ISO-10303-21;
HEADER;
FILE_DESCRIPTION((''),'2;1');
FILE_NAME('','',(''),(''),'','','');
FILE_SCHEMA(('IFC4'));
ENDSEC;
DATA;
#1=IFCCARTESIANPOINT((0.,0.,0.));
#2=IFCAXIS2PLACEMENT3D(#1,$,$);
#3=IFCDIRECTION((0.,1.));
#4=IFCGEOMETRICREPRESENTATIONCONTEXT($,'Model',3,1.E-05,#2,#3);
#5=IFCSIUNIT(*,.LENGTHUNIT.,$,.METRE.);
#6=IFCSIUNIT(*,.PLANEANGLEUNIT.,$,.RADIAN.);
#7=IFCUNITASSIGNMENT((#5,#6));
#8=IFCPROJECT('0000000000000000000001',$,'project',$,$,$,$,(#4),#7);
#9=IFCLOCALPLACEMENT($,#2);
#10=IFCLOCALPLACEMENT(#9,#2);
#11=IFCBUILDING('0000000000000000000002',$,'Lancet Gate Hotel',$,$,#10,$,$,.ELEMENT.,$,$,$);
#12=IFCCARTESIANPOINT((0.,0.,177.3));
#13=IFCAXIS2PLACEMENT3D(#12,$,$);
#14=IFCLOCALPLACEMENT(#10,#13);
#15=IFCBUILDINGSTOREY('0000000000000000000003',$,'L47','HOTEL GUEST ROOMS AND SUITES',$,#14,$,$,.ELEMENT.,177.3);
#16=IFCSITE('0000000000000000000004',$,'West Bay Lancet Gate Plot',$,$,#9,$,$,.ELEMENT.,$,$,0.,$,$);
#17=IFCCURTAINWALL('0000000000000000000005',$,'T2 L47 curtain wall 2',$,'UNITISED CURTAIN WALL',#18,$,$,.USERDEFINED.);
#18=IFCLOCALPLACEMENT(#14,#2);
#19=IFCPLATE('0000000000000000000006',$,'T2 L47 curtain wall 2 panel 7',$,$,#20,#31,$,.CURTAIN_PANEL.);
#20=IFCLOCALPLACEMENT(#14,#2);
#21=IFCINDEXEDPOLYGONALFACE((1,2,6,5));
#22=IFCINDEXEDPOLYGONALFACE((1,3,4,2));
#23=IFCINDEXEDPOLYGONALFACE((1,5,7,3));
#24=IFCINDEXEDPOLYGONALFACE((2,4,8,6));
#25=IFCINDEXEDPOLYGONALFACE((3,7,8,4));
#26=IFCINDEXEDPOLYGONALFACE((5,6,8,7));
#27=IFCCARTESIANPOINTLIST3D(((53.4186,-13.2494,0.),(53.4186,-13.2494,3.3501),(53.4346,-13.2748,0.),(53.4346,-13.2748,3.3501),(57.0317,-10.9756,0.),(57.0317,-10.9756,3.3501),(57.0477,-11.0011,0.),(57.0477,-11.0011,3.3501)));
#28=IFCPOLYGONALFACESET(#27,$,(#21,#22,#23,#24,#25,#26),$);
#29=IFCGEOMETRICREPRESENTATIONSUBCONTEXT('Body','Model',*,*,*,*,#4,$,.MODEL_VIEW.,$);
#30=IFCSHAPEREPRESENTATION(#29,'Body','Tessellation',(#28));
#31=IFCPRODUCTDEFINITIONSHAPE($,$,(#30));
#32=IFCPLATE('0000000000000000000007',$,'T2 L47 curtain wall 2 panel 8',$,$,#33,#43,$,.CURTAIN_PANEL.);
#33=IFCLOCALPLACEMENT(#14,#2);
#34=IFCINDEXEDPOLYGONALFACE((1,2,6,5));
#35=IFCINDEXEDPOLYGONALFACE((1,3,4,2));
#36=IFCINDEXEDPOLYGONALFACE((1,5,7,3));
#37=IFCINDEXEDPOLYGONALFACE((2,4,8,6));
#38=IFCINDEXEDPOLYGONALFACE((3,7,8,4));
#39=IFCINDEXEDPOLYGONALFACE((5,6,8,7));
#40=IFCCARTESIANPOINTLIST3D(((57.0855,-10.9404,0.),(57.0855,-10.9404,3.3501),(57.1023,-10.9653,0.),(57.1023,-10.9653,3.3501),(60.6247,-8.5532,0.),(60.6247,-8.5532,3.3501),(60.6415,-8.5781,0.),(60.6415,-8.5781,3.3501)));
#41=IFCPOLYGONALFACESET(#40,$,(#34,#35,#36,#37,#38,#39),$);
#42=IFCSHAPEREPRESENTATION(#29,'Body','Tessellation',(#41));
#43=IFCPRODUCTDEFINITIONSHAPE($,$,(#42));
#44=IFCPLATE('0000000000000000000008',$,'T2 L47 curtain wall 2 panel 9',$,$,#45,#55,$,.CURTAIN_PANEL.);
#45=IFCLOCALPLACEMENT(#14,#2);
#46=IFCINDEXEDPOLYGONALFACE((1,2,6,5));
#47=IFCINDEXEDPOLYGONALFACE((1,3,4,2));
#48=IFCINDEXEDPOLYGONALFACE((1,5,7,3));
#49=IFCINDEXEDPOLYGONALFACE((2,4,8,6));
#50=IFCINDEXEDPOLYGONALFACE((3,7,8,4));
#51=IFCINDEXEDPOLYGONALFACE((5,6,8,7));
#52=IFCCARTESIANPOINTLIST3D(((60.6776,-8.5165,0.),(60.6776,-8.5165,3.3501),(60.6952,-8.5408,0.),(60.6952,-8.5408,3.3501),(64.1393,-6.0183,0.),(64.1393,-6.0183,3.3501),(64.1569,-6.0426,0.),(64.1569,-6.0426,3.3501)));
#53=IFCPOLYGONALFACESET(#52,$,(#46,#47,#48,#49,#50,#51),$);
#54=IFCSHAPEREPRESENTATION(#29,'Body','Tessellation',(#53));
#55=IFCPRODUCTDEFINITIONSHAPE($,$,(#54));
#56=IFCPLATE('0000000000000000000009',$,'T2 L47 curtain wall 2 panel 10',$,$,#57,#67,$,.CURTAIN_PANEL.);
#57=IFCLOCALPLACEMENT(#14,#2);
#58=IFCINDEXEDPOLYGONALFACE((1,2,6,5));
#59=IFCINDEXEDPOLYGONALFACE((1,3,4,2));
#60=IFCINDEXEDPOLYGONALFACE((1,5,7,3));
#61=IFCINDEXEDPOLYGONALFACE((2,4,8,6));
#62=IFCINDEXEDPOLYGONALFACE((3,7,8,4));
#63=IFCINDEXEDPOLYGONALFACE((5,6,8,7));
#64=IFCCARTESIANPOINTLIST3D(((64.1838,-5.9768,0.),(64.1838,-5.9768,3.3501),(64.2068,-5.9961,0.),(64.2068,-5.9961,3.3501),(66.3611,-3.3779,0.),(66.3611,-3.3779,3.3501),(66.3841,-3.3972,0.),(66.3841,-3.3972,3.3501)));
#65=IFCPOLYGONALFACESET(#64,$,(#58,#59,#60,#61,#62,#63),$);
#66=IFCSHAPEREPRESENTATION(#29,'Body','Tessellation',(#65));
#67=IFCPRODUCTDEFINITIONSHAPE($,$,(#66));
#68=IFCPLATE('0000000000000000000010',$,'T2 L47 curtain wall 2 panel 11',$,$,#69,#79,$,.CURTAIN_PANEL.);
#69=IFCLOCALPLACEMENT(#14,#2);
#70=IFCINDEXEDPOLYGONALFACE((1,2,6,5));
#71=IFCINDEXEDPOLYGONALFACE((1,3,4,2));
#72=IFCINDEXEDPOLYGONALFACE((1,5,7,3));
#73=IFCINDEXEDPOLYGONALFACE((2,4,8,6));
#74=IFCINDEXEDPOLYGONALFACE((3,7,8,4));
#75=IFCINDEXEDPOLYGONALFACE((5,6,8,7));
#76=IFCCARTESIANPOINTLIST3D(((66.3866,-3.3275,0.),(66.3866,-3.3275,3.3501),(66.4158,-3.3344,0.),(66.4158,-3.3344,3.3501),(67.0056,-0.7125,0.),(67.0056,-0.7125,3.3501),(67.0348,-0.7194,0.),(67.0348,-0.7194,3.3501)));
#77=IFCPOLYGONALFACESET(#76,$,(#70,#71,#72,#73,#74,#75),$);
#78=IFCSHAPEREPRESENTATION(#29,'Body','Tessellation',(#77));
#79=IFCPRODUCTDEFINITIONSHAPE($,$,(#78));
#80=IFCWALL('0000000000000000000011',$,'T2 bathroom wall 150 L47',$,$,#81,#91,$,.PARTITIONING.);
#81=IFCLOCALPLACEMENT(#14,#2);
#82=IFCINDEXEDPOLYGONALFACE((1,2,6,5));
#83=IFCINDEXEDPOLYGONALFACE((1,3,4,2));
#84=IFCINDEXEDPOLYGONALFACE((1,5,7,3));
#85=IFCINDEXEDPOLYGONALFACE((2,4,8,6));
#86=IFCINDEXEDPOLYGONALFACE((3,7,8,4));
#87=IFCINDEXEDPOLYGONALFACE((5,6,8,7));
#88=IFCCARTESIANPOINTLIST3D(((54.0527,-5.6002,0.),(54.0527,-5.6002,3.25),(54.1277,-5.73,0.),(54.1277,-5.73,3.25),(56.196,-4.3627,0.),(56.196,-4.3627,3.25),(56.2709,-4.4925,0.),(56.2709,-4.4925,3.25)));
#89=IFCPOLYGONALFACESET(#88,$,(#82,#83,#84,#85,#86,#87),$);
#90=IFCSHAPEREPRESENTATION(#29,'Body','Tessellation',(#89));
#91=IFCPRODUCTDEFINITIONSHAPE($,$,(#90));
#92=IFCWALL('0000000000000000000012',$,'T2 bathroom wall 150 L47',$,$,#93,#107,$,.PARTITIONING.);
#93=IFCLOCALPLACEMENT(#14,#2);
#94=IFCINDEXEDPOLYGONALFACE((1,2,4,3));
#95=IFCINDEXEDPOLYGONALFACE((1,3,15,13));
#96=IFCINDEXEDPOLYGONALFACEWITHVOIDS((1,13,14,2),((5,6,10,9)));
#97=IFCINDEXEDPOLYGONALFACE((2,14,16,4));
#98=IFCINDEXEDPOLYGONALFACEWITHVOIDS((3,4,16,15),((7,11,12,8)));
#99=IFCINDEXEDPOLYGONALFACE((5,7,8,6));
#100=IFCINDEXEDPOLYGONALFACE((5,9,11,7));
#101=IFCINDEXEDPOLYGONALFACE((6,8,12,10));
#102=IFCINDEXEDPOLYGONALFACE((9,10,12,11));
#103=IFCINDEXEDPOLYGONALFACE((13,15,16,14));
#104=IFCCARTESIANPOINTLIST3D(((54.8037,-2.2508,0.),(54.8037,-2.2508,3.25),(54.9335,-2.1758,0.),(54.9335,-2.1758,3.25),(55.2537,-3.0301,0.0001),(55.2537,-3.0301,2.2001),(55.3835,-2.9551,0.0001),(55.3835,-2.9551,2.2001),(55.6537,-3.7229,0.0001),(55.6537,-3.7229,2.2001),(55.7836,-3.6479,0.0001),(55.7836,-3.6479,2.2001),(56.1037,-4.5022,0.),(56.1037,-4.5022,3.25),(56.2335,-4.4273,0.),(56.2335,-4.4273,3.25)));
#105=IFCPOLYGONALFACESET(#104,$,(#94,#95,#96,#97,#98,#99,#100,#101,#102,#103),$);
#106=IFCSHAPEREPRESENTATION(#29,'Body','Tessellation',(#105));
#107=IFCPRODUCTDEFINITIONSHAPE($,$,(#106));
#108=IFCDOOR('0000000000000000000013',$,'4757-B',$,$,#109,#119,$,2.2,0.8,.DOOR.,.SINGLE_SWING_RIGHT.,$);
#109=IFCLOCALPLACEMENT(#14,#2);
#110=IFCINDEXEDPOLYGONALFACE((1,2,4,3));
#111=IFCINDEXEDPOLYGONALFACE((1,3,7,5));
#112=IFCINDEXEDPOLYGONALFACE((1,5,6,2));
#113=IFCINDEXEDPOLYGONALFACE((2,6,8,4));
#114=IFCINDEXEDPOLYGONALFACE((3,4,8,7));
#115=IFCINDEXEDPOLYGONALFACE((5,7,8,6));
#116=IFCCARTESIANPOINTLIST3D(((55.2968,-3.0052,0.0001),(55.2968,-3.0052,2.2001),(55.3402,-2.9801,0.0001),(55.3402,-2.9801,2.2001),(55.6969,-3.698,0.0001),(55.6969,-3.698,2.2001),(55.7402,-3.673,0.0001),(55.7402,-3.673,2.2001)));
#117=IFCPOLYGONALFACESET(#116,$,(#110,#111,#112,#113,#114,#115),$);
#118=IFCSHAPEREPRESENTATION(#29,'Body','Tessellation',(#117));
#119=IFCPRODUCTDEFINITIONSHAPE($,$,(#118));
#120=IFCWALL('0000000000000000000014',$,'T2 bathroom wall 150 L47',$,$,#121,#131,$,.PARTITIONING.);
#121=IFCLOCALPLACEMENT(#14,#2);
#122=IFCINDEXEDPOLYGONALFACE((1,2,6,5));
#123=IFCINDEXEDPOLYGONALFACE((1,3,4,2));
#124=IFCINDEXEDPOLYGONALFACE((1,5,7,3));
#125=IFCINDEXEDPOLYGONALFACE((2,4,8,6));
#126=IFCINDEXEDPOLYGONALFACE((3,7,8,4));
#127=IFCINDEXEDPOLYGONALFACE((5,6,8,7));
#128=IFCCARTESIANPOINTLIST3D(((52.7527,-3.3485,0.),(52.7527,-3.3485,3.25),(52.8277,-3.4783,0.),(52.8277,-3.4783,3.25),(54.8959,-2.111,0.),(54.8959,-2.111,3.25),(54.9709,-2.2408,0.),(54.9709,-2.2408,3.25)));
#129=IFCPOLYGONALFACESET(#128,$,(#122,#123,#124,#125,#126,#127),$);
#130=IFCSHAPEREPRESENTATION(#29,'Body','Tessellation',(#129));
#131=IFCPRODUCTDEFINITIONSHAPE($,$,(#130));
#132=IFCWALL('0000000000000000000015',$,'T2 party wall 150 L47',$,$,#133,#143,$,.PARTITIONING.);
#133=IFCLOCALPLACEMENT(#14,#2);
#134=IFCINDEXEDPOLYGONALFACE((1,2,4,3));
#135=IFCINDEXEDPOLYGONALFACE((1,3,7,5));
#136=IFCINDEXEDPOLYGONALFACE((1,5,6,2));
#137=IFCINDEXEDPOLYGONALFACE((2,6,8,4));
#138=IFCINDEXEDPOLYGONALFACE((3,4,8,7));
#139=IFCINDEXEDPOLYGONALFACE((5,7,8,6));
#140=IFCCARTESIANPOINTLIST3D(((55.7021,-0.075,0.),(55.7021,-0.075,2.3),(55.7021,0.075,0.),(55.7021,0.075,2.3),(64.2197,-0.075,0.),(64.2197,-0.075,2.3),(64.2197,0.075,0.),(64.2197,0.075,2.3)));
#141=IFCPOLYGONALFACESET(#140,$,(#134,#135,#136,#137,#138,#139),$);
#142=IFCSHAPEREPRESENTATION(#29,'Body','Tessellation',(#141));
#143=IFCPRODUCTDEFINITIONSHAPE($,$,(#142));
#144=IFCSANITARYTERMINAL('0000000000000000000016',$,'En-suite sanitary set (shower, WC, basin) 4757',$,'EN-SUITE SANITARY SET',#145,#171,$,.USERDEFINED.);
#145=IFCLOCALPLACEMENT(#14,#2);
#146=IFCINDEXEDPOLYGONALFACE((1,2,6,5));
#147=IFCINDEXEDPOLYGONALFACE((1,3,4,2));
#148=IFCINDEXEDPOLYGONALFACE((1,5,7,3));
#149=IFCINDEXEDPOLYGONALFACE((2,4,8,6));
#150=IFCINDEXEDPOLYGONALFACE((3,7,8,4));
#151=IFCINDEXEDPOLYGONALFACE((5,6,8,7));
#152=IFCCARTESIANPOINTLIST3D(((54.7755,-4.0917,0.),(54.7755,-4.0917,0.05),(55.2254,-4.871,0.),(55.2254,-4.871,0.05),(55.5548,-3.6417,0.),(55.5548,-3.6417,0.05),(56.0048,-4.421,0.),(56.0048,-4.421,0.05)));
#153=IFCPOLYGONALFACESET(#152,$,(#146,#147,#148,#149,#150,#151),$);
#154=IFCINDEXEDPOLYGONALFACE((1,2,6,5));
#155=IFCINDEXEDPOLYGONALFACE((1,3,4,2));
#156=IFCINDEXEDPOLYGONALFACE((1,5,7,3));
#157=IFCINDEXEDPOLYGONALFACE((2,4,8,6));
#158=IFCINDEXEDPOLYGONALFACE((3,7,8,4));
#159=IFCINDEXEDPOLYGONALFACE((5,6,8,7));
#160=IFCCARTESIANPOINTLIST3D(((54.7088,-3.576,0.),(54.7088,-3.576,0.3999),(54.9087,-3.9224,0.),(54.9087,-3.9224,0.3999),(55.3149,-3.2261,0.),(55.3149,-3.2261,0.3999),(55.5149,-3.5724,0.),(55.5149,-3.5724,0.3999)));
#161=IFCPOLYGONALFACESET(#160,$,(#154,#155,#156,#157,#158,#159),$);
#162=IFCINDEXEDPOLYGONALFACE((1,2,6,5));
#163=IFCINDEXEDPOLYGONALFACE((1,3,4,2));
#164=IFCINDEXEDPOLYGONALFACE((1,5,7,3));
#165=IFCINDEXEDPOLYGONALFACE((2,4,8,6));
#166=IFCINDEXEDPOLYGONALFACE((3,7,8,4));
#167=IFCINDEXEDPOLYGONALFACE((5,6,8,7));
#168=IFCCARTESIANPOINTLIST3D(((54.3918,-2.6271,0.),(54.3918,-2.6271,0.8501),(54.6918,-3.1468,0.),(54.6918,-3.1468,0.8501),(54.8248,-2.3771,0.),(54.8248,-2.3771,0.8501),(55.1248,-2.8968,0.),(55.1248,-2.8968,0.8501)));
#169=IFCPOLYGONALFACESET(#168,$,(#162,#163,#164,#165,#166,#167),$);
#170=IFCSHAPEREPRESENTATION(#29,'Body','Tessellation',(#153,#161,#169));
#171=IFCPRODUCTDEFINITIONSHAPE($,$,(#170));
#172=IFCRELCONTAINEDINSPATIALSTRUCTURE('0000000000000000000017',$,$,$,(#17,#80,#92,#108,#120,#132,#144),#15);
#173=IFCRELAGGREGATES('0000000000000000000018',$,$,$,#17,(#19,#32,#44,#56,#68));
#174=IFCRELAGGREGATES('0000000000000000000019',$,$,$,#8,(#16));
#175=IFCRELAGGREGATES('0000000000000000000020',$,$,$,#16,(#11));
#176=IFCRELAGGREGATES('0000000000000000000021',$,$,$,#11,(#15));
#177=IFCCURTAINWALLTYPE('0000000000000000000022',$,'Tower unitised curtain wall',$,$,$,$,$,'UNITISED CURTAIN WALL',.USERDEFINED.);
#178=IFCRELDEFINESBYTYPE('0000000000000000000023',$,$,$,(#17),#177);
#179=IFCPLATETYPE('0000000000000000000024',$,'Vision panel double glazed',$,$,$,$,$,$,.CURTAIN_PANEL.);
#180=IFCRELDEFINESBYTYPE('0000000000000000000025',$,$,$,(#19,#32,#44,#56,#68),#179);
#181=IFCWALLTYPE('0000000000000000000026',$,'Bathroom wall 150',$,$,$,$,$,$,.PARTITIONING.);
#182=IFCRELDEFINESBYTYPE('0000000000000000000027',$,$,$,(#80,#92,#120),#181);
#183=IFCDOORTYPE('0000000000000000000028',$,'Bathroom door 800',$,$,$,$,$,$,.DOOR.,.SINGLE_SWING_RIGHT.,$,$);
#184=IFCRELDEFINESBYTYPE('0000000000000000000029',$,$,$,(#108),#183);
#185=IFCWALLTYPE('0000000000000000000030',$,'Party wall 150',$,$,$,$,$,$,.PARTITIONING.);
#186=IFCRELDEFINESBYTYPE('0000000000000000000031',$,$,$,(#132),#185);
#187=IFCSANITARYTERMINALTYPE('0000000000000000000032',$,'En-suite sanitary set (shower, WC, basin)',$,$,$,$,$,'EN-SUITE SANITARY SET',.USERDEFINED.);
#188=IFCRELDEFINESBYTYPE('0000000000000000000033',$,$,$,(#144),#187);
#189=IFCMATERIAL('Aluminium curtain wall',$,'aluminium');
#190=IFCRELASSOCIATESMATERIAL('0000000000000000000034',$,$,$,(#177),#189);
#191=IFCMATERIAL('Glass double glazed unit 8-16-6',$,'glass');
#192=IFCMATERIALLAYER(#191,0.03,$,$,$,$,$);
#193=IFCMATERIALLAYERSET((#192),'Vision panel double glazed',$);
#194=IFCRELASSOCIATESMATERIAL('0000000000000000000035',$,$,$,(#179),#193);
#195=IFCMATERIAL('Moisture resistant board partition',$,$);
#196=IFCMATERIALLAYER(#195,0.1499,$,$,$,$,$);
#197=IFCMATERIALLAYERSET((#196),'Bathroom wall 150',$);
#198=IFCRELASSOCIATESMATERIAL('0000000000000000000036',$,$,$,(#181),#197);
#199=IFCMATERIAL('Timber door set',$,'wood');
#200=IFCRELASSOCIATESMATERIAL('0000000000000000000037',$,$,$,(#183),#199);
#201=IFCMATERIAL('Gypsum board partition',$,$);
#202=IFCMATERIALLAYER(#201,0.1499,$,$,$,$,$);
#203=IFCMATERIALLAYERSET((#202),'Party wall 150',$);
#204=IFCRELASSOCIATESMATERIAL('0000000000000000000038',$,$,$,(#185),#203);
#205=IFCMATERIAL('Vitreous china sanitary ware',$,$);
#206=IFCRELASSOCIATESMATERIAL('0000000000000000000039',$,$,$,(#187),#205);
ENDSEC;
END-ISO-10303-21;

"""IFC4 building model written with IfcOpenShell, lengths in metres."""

from ifc_helpers import new_model, si_unit, direction, frame, frame_2d, origin, origin_2d, place, context, subcontext, project, spatial, rectangle, extrude, material, layer, layer_set, type_object, element, fill, aggregate, save


model = new_model("IFC4")

# Units and contexts
model_context = context("Model", 3, precision=1e-05, world=origin(), true_north=direction((0.0, 1.0)))
body_context = subcontext(model_context, "Body", "Model", "MODEL_VIEW")
ifc_project = project(units=[si_unit("LENGTHUNIT", "METRE"), si_unit("PLANEANGLEUNIT", "RADIAN")], contexts=[model_context])

# Site, building, storey
site_placement = place(None, origin())
site = spatial("IfcSite", under=ifc_project, at=site_placement, Name="West Bay Lancet Gate Plot", CompositionType="ELEMENT", RefElevation=0.0)
building_placement = place(site_placement, origin())
building = spatial("IfcBuilding", under=site, at=building_placement, Name="Lancet Gate Hotel", CompositionType="ELEMENT")
storey_placement = place(building_placement, frame((0.0, 0.0, 177.3)))
storey = spatial("IfcBuildingStorey", under=building, at=storey_placement, Name="L47", Description="HOTEL GUEST ROOMS AND SUITES", CompositionType="ELEMENT", Elevation=177.3)

# Curtain wall
ifc_material_1 = material(Name="Aluminium curtain wall", Category="aluminium")
curtain_wall_type = type_object("IfcCurtainWallType", Name="Tower unitised curtain wall", ElementType="UNITISED CURTAIN WALL", PredefinedType="USERDEFINED", material=ifc_material_1)
curtain_wall_placement = place(storey_placement, origin())
curtain_wall = element("IfcCurtainWall", 1, at=curtain_wall_placement, inside=storey, type_object=curtain_wall_type, Name="T2 L47 curtain wall 2", ObjectType="UNITISED CURTAIN WALL", PredefinedType="USERDEFINED")

# Plates
ifc_material_2 = material(Name="Glass double glazed unit 8-16-6", Category="glass")
ifc_layer_1 = layer(ifc_material_2, 0.03)
ifc_layer_set_1 = layer_set([ifc_layer_1], Name="Vision panel double glazed")
plate_type = type_object("IfcPlateType", Name="Vision panel double glazed", PredefinedType="CURTAIN_PANEL", material=ifc_layer_set_1)
plate_1_placement = place(storey_placement, frame((55.2332, -12.1252, 0.0), z_axis=(0.0, 0.0, 1.0), x_axis=(0.846352, 0.532623, 0.0)))
plate_1 = element("IfcPlate", 2, at=plate_1_placement, type_object=plate_type, Name="T2 L47 curtain wall 2 panel 7", PredefinedType="CURTAIN_PANEL", context=body_context, shape_type="SweptSolid", body=[
    extrude(rectangle(XDim=4.269, YDim=0.03, at=origin_2d()), origin(), (0.0, 0.0, 1.0), 3.3501),
])
plate_2_placement = place(storey_placement, frame((58.8635, -9.7593, 0.0), z_axis=(0.0, 0.0, 1.0), x_axis=(0.829039, 0.559191, 0.0)))
plate_2 = element("IfcPlate", 3, at=plate_2_placement, type_object=plate_type, Name="T2 L47 curtain wall 2 panel 8", PredefinedType="CURTAIN_PANEL", context=body_context, shape_type="SweptSolid", body=[
    extrude(rectangle(XDim=4.269, YDim=0.03, at=origin_2d()), origin(), (0.0, 0.0, 1.0), 3.3501),
])
plate_3_placement = place(storey_placement, frame((62.4172, -7.2795, 0.0), z_axis=(0.0, 0.0, 1.0), x_axis=(0.810891, 0.585197, 0.0)))
plate_3 = element("IfcPlate", 4, at=plate_3_placement, type_object=plate_type, Name="T2 L47 curtain wall 2 panel 9", PredefinedType="CURTAIN_PANEL", context=body_context, shape_type="SweptSolid", body=[
    extrude(rectangle(XDim=4.269, YDim=0.03, at=origin_2d()), origin(), (0.0, 0.0, 1.0), 3.3501),
])
plate_4_placement = place(storey_placement, frame((65.2839, -4.687, 0.0), z_axis=(0.0, 0.0, 1.0), x_axis=(0.642199, 0.766538, 0.0)))
plate_4 = element("IfcPlate", 5, at=plate_4_placement, type_object=plate_type, Name="T2 L47 curtain wall 2 panel 10", PredefinedType="CURTAIN_PANEL", context=body_context, shape_type="SweptSolid", body=[
    extrude(rectangle(XDim=3.3904, YDim=0.03, at=origin_2d()), origin(), (0.0, 0.0, 1.0), 3.3501),
])
plate_5_placement = place(storey_placement, frame((66.7107, -2.0234, 0.0), z_axis=(0.0, 0.0, 1.0), x_axis=(0.230367, 0.973104, 0.0)))
plate_5 = element("IfcPlate", 6, at=plate_5_placement, type_object=plate_type, Name="T2 L47 curtain wall 2 panel 11", PredefinedType="CURTAIN_PANEL", context=body_context, shape_type="SweptSolid", body=[
    extrude(rectangle(XDim=2.6873, YDim=0.03, at=origin_2d()), origin(), (0.0, 0.0, 1.0), 3.3501),
])
aggregate(curtain_wall, [plate_1, plate_2, plate_3, plate_4, plate_5])

# Wall
ifc_material_3 = material(Name="Moisture resistant board partition")
ifc_layer_2 = layer(ifc_material_3, 0.1499)
ifc_layer_set_2 = layer_set([ifc_layer_2], Name="Bathroom wall 150")
wall_type_1 = type_object("IfcWallType", Name="Bathroom wall 150", PredefinedType="PARTITIONING", material=ifc_layer_set_2)
wall_1_placement = place(storey_placement, frame((54.0903, -5.665, 0.0), z_axis=(0.0, 0.0, 1.0), x_axis=(0.866007, 0.500033, 0.0)))
element("IfcWall", 7, at=wall_1_placement, inside=storey, type_object=wall_type_1, Name="T2 bathroom wall 150 L47", PredefinedType="PARTITIONING", context=body_context, shape_type="SweptSolid", body=[
    extrude(rectangle(XDim=2.4749, YDim=0.1499, at=frame_2d((1.2373, 0.0))), origin(), (0.0, 0.0, 1.0), 3.25),
])

# Wall, opening, door
wall_2_placement = place(storey_placement, frame((54.8687, -2.2134, 0.0), z_axis=(0.0, 0.0, 1.0), x_axis=(0.500048, -0.865998, 0.0)))
wall_2 = element("IfcWall", 8, at=wall_2_placement, inside=storey, type_object=wall_type_1, Name="T2 bathroom wall 150 L47", PredefinedType="PARTITIONING", context=body_context, shape_type="SweptSolid", body=[
    extrude(rectangle(XDim=2.5999, YDim=0.1499, at=frame_2d((1.2998, 0.0))), origin(), (0.0, 0.0, 1.0), 3.25),
])
opening_placement = place(wall_2_placement, frame((0.8999, 0.0, 0.0)))
opening = element("IfcOpeningElement", 9, at=opening_placement, cuts=wall_2, PredefinedType="OPENING", context=body_context, shape_type="SweptSolid", body=[
    extrude(rectangle(XDim=0.8, YDim=2.2, at=frame_2d((0.3999, 1.1001))), frame((0.0, 0.085, 0.0), z_axis=(0.0, -1.0, 0.0), x_axis=(1.0, 0.0, 0.0)), (0.0, 0.0, 1.0), 0.1699),
])
ifc_material_4 = material(Name="Timber door set", Category="wood")
door_type = type_object("IfcDoorType", Name="Bathroom door 800", OperationType="SINGLE_SWING_RIGHT", PredefinedType="DOOR", material=ifc_material_4)
door_placement = place(opening_placement, origin())
door = element("IfcDoor", 10, at=door_placement, inside=storey, type_object=door_type, Name="4757-B", OperationType="SINGLE_SWING_RIGHT", OverallHeight=2.2, OverallWidth=0.8, PredefinedType="DOOR", context=body_context, shape_type="SweptSolid", body=[
    extrude(rectangle(XDim=0.8, YDim=2.2, at=frame_2d((0.3999, 1.1001))), frame((0.0, 0.0249, 0.0), z_axis=(0.0, -1.0, 0.0), x_axis=(1.0, 0.0, 0.0)), (0.0, 0.0, 1.0), 0.05),
])
fill(opening, door)

# Walls
wall_3_placement = place(storey_placement, frame((52.7903, -3.4133, 0.0), z_axis=(0.0, 0.0, 1.0), x_axis=(0.866007, 0.500033, 0.0)))
element("IfcWall", 11, at=wall_3_placement, inside=storey, type_object=wall_type_1, Name="T2 bathroom wall 150 L47", PredefinedType="PARTITIONING", context=body_context, shape_type="SweptSolid", body=[
    extrude(rectangle(XDim=2.4749, YDim=0.1499, at=frame_2d((1.2373, 0.0))), origin(), (0.0, 0.0, 1.0), 3.25),
])
ifc_material_5 = material(Name="Gypsum board partition")
ifc_layer_3 = layer(ifc_material_5, 0.1499)
ifc_layer_set_3 = layer_set([ifc_layer_3], Name="Party wall 150")
wall_type_2 = type_object("IfcWallType", Name="Party wall 150", PredefinedType="PARTITIONING", material=ifc_layer_set_3)
wall_4_placement = place(storey_placement, frame((55.7021, 0.0, 0.0), z_axis=(0.0, 0.0, 1.0), x_axis=(1.0, 0.0, 0.0)))
element("IfcWall", 12, at=wall_4_placement, inside=storey, type_object=wall_type_2, Name="T2 party wall 150 L47", PredefinedType="PARTITIONING", context=body_context, shape_type="SweptSolid", body=[
    extrude(rectangle(XDim=8.5176, YDim=0.1499, at=frame_2d((4.2588, 0.0))), origin(), (0.0, 0.0, 1.0), 2.3),
])

# Sanitary terminal
ifc_material_6 = material(Name="Vitreous china sanitary ware")
sanitary_terminal_type = type_object("IfcSanitaryTerminalType", Name="En-suite sanitary set (shower, WC, basin)", ElementType="EN-SUITE SANITARY SET", PredefinedType="USERDEFINED", material=ifc_material_6)
sanitary_terminal_placement = place(storey_placement, frame((55.3901, -4.2563, 0.0), z_axis=(0.0, 0.0, 1.0), x_axis=(1.0, 0.0, 0.0)))
element("IfcSanitaryTerminal", 13, at=sanitary_terminal_placement, inside=storey, type_object=sanitary_terminal_type, Name="En-suite sanitary set (shower, WC, basin) 4757", ObjectType="EN-SUITE SANITARY SET", PredefinedType="USERDEFINED", context=body_context, shape_type="SweptSolid", body=[
    extrude(rectangle(XDim=0.8999, YDim=0.8999, at=origin_2d()), frame((0.0, 0.0, 0.0), z_axis=(0.0, 0.0, 1.0), x_axis=(0.5, -0.866025, 0.0)), (0.0, 0.0, 1.0), 0.05),
    extrude(rectangle(XDim=0.3999, YDim=0.7, at=origin_2d()), frame((-0.2783, 0.6821, 0.0), z_axis=(0.0, 0.0, 1.0), x_axis=(0.5, -0.866025, 0.0)), (0.0, 0.0, 1.0), 0.3999),
    extrude(rectangle(XDim=0.6001, YDim=0.5, at=origin_2d()), frame((-0.6318, 1.4944, 0.0), z_axis=(0.0, 0.0, 1.0), x_axis=(0.5, -0.866025, 0.0)), (0.0, 0.0, 1.0), 0.8501),
])

save(model, "model.ifc")
